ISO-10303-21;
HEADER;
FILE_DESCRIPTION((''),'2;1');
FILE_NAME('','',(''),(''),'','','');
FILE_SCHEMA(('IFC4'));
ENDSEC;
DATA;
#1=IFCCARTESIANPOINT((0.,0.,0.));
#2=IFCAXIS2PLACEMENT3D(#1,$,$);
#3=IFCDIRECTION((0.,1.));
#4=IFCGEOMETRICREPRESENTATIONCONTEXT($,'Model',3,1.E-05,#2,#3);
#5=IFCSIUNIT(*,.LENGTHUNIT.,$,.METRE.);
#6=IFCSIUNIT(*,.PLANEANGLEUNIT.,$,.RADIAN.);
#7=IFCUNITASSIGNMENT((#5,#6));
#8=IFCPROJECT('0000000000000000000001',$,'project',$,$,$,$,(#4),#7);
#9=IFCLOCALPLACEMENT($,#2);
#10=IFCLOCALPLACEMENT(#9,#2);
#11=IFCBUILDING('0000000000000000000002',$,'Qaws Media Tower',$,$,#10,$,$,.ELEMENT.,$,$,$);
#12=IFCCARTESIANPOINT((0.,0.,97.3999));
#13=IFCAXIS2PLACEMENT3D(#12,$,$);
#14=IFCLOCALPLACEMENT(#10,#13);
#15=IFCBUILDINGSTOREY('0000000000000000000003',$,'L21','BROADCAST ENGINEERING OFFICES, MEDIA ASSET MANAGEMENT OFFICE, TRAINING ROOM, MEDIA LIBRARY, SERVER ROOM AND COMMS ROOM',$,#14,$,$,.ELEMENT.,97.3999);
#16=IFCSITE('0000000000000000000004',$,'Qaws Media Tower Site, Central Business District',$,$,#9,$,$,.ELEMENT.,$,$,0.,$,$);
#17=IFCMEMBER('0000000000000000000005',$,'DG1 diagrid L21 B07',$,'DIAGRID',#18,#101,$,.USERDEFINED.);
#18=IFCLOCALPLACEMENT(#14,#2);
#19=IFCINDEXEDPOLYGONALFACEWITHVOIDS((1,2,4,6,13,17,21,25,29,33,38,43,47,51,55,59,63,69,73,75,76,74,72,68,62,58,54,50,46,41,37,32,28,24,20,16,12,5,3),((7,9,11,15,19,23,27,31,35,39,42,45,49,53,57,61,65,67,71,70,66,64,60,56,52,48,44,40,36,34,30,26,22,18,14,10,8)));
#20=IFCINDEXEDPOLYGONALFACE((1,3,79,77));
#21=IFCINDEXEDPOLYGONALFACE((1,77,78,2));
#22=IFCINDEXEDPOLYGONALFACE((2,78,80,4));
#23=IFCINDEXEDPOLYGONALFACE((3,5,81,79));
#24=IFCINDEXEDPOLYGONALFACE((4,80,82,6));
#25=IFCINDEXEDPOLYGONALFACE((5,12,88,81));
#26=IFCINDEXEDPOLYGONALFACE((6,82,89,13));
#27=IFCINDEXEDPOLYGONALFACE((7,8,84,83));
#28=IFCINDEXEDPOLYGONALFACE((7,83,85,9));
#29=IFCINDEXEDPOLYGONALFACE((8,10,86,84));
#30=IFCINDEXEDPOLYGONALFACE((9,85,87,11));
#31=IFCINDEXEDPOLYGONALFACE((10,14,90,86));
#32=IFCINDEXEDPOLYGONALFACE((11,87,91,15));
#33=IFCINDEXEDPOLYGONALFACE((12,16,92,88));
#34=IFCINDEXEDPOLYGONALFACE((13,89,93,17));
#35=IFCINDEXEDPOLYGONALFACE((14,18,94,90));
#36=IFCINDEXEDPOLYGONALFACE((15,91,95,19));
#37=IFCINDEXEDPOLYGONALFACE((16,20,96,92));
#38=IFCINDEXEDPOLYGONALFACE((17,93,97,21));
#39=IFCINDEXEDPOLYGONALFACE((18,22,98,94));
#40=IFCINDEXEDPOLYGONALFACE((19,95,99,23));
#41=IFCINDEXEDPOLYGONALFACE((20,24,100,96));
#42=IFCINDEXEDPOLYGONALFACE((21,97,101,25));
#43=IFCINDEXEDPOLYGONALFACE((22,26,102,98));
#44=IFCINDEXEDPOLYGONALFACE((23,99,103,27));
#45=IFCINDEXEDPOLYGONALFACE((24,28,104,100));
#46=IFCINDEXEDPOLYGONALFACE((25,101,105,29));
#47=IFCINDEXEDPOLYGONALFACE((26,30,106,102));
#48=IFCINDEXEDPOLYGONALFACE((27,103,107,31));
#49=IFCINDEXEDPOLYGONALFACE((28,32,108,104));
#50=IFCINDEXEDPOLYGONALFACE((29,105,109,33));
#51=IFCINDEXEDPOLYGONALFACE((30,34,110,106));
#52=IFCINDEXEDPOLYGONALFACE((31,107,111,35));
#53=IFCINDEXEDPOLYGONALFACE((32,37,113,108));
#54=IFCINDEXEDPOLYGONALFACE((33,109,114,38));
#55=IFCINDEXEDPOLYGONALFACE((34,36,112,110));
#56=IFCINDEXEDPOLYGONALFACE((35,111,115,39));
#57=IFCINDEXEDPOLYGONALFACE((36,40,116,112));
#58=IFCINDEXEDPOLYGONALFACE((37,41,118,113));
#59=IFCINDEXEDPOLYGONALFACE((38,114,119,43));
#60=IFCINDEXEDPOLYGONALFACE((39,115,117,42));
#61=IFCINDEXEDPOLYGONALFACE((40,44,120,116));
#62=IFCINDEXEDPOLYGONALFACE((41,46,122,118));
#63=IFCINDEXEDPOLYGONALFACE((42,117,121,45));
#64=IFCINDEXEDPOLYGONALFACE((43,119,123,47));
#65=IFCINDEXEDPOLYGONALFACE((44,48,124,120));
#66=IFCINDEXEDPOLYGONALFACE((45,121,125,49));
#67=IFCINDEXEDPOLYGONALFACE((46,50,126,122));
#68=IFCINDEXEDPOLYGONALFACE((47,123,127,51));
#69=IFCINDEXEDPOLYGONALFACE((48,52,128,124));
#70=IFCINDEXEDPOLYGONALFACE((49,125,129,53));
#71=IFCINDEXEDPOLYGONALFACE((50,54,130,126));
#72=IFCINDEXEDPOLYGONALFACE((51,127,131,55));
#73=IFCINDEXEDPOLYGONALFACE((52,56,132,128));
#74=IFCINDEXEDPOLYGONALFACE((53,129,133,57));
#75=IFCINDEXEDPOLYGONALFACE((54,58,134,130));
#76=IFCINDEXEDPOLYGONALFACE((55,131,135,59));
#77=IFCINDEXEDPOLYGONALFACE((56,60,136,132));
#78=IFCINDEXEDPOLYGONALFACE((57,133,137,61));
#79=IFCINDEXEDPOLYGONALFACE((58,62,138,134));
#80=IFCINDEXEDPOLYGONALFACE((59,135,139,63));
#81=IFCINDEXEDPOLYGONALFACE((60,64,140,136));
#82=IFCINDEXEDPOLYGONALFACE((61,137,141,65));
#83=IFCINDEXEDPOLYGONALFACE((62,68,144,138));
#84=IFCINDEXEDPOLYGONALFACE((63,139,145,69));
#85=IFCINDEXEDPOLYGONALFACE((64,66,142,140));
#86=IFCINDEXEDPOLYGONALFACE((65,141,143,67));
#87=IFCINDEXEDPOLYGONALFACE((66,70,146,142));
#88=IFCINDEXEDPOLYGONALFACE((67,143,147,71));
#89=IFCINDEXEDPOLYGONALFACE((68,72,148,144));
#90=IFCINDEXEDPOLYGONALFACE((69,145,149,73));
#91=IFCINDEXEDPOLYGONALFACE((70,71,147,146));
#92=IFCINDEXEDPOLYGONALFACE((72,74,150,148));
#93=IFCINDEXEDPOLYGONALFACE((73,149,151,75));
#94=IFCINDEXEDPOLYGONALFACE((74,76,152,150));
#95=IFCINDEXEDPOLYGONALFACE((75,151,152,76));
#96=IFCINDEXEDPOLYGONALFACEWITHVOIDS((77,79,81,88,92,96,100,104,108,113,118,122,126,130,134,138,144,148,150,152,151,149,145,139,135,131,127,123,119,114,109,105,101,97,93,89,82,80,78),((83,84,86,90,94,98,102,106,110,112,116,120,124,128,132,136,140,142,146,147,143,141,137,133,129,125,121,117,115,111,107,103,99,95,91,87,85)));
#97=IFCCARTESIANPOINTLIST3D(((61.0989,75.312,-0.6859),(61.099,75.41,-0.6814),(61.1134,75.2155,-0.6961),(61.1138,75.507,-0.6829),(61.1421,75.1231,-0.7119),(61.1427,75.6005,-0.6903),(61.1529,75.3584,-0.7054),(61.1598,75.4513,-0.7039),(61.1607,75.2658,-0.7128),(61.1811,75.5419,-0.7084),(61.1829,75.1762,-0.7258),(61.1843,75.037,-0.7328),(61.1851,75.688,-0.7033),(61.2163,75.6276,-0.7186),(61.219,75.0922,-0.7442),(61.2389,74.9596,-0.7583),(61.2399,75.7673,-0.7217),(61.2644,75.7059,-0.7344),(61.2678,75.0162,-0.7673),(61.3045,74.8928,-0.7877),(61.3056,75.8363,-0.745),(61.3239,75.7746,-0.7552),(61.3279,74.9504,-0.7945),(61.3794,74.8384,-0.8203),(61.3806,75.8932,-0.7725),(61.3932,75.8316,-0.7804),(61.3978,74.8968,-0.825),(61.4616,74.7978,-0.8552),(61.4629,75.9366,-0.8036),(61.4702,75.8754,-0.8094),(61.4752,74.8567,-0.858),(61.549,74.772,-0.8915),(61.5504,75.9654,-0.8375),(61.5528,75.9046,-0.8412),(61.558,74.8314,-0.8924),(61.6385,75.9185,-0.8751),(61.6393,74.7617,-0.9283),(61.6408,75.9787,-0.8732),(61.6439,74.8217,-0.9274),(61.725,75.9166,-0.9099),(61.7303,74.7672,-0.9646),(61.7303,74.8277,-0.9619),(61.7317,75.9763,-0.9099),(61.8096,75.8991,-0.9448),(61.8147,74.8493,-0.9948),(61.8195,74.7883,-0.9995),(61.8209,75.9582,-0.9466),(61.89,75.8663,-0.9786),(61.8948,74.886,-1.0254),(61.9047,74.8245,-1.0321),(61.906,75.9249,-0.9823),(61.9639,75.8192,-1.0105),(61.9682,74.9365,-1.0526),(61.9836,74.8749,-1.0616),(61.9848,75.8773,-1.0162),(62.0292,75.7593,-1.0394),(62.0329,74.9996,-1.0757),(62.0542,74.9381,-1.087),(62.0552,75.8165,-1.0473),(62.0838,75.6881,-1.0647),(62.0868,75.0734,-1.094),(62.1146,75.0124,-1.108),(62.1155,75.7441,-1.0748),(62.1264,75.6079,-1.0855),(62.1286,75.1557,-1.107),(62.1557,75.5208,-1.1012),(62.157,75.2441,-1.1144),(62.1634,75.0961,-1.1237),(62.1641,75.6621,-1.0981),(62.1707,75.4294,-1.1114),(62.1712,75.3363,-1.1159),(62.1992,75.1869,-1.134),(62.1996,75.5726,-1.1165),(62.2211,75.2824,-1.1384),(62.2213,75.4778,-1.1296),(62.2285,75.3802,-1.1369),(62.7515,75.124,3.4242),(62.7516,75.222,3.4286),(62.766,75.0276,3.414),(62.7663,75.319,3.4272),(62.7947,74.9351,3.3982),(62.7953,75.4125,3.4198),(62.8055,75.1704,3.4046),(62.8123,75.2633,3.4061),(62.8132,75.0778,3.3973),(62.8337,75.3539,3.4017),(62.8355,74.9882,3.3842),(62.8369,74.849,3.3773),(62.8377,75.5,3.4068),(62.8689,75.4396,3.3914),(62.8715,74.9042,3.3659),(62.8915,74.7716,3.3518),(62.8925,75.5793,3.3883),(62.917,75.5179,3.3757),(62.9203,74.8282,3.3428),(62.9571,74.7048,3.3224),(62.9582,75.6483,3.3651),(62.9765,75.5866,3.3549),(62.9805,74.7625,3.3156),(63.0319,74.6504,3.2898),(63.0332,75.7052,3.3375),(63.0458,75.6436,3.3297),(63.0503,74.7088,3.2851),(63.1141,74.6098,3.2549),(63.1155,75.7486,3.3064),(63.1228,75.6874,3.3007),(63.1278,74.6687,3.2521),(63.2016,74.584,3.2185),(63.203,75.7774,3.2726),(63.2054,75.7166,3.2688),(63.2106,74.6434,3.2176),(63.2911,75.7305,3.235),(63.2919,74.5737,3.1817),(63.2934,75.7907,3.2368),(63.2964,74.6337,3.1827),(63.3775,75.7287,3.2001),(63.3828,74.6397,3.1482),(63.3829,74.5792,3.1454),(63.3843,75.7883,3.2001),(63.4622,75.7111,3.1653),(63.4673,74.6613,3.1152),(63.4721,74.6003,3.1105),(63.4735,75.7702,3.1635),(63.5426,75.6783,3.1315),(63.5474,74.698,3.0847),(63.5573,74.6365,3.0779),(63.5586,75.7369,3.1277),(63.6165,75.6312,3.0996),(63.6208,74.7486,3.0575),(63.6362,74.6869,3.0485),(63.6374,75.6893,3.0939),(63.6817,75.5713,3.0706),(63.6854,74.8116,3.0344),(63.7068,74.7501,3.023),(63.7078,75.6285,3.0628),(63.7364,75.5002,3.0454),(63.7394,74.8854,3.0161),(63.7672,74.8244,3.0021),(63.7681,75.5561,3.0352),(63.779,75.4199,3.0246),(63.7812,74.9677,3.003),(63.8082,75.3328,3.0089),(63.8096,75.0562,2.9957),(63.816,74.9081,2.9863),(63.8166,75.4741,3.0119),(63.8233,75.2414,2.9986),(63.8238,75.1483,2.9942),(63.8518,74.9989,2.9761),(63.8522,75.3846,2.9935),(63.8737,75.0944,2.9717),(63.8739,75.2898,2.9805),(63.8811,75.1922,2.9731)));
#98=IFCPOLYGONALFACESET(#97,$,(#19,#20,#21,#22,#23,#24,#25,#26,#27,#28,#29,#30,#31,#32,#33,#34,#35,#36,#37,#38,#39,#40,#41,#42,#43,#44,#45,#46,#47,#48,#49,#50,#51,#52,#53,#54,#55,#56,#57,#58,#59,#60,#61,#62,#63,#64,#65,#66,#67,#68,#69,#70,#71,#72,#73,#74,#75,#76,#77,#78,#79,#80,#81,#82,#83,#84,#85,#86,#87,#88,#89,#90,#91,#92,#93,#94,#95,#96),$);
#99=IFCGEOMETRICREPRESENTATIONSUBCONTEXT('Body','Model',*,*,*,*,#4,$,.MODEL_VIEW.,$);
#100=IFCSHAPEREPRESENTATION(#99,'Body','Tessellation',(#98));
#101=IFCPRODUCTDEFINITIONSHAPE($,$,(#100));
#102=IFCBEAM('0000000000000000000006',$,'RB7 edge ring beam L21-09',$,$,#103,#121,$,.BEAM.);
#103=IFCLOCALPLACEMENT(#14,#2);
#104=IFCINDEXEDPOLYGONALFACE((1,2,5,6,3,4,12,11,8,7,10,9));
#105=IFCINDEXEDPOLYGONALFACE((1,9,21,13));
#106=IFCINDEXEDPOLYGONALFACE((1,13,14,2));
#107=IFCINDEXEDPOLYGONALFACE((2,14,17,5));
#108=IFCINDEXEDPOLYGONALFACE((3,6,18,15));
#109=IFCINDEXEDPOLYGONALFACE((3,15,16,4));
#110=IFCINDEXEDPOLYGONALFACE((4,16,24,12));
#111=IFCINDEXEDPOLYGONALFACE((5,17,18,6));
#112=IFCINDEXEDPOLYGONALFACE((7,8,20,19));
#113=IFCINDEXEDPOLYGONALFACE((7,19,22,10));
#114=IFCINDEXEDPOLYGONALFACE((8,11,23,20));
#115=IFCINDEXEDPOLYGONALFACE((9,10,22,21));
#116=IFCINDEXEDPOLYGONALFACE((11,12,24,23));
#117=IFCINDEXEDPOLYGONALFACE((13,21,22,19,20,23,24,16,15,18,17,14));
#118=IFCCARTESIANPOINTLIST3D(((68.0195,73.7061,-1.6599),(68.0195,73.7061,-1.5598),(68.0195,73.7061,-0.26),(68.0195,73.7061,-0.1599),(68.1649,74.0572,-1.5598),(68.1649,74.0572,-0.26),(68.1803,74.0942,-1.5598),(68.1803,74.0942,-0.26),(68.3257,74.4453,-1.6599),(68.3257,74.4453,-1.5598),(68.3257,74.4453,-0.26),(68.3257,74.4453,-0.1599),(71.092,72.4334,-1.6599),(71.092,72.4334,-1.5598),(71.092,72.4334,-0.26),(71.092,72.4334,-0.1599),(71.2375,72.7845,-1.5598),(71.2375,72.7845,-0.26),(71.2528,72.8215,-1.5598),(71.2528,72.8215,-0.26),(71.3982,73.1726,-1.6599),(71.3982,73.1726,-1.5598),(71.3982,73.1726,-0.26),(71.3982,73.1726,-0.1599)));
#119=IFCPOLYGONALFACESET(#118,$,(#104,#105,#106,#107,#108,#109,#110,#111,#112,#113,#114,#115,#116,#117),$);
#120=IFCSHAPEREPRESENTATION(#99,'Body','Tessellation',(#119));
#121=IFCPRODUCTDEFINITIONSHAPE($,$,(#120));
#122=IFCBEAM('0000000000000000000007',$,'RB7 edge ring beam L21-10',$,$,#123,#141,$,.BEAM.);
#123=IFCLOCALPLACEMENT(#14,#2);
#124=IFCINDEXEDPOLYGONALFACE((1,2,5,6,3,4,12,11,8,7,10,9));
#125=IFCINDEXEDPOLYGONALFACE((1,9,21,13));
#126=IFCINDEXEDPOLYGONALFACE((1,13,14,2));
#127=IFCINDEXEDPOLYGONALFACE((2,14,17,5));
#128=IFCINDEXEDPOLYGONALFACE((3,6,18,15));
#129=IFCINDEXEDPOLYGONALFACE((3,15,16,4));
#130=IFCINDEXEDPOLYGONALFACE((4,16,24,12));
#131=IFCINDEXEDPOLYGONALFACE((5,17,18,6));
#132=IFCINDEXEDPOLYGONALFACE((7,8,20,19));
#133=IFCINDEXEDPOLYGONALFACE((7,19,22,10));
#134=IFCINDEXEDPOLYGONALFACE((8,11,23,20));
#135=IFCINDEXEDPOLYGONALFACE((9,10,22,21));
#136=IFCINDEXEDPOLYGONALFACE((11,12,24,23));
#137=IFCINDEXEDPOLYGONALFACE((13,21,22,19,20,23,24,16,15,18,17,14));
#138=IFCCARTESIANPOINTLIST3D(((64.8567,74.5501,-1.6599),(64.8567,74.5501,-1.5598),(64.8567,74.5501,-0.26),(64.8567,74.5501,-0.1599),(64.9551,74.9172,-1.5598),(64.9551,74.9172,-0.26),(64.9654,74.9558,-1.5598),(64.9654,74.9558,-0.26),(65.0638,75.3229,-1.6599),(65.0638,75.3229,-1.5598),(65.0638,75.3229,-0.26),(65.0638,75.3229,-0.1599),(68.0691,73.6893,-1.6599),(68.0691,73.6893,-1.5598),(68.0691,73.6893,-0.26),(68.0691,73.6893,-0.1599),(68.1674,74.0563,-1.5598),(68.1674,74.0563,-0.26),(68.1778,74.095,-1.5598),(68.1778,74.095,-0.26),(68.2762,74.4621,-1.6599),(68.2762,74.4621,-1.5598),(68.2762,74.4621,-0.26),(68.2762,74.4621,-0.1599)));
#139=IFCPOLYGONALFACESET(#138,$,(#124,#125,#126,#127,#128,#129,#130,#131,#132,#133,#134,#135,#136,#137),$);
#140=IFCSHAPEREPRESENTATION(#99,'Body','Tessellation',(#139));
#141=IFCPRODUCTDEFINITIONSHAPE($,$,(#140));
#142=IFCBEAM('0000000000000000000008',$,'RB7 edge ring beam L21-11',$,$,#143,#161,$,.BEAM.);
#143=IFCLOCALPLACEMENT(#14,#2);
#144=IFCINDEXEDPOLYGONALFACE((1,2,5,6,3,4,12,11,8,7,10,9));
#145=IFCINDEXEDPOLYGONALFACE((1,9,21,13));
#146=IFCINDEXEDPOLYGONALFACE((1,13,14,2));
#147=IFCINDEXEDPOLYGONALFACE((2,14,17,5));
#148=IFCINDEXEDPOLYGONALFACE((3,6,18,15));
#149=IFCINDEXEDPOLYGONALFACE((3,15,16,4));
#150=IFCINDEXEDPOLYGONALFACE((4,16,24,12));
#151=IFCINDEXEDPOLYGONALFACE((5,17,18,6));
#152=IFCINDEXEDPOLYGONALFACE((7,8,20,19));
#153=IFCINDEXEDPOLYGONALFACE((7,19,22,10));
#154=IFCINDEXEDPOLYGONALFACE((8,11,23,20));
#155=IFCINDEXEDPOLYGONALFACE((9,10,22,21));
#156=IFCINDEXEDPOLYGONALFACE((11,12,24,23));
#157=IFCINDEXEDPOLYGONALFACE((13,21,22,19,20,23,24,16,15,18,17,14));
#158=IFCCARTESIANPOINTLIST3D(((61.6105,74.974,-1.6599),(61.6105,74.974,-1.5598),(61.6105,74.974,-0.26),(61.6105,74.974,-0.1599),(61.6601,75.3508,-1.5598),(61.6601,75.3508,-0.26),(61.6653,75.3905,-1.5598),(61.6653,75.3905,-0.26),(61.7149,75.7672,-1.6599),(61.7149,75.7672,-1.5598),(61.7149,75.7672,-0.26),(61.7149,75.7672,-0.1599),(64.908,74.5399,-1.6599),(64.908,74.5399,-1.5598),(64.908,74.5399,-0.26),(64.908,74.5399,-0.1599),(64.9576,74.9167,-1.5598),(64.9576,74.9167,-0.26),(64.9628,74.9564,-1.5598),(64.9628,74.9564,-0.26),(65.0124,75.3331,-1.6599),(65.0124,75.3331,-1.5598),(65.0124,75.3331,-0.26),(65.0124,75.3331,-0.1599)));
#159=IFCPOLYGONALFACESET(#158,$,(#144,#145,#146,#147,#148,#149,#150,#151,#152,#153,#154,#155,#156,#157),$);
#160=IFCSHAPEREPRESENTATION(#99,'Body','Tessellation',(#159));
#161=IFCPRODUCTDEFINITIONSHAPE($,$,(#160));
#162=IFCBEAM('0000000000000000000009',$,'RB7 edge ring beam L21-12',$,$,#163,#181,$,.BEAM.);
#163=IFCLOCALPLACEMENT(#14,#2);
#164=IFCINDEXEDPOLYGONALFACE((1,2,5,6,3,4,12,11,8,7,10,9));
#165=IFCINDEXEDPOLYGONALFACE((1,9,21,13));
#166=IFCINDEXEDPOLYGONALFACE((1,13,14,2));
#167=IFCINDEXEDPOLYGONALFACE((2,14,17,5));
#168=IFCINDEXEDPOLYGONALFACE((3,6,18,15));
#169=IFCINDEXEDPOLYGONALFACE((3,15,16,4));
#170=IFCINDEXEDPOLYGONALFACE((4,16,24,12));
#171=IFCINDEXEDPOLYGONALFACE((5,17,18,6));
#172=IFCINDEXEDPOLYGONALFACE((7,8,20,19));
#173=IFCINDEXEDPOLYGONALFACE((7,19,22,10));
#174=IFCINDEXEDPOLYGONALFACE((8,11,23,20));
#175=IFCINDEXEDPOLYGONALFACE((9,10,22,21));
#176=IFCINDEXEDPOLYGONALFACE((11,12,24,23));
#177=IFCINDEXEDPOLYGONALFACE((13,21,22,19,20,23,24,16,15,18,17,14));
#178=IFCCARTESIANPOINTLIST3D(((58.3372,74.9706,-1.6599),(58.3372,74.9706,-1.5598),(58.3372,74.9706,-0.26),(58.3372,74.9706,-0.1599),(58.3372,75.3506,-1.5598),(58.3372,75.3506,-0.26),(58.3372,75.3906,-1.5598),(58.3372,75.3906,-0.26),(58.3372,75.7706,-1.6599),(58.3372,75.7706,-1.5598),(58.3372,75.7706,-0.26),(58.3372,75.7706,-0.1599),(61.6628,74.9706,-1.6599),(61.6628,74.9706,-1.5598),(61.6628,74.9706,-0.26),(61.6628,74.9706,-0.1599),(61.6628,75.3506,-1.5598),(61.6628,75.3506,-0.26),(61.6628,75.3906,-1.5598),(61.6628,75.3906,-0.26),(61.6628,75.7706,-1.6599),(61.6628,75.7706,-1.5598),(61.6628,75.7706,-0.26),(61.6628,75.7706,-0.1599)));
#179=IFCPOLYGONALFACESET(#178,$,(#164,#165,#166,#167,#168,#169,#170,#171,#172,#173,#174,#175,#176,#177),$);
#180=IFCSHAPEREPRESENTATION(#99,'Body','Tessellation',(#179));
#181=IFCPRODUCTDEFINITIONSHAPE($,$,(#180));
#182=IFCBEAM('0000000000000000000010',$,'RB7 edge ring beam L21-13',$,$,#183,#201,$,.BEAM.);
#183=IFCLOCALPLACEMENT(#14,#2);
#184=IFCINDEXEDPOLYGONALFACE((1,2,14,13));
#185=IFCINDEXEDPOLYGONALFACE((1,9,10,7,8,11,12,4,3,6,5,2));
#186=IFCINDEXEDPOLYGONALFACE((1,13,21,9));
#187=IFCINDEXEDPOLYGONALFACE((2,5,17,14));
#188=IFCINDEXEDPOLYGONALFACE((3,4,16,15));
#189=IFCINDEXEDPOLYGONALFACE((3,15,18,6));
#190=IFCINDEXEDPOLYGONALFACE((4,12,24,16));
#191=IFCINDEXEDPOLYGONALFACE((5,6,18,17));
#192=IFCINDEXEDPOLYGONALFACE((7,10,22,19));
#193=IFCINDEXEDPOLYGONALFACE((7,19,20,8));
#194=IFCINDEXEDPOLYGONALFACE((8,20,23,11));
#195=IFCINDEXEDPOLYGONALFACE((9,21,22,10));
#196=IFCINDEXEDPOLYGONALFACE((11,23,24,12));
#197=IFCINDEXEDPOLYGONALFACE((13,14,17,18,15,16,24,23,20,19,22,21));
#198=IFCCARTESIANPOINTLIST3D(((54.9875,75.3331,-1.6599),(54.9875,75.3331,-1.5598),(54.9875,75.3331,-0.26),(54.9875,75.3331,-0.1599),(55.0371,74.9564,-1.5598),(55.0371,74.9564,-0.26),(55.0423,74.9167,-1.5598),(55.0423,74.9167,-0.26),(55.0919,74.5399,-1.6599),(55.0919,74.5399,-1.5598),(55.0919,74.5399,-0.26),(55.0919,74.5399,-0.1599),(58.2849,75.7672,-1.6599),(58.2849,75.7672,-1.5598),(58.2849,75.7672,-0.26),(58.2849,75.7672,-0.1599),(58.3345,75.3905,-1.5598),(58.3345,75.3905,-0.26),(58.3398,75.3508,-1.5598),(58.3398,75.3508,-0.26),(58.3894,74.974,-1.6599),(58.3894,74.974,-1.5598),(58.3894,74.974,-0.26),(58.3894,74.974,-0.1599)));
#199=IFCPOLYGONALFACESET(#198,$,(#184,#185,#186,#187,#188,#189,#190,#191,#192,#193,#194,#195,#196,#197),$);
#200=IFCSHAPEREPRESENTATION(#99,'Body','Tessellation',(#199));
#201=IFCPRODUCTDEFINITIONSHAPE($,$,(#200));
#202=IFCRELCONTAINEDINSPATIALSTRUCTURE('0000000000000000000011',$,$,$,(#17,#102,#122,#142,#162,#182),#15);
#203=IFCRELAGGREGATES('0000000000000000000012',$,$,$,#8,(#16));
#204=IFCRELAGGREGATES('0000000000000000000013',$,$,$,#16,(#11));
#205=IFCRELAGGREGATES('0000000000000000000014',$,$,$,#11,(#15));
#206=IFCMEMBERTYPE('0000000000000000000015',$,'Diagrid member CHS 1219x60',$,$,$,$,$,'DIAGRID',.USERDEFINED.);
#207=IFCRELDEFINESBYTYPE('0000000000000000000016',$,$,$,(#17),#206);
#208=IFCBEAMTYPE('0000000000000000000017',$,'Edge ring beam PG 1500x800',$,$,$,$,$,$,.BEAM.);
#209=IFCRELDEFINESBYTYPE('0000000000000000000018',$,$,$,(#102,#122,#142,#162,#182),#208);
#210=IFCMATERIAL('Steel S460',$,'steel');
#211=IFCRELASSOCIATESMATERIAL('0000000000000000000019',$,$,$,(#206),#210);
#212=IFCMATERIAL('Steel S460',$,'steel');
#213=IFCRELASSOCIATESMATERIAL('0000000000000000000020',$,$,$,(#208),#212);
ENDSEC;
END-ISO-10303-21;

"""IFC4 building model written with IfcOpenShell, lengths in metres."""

from ifc_helpers import new_model, si_unit, direction, frame, origin, origin_2d, place, context, subcontext, project, spatial, hollow_circle, i_section, extrude, material, material_profile, profile_set, type_object, element, save


model = new_model("IFC4")

# Units and contexts
model_context = context("Model", 3, precision=1e-05, world=origin(), true_north=direction((0.0, 1.0)))
body_context = subcontext(model_context, "Body", "Model", "MODEL_VIEW")
ifc_project = project(units=[si_unit("LENGTHUNIT", "METRE"), si_unit("PLANEANGLEUNIT", "RADIAN")], contexts=[model_context])

# Site, building, storey
site_placement = place(None, origin())
site = spatial("IfcSite", under=ifc_project, at=site_placement, Name="Qaws Media Tower Site, Central Business District", CompositionType="ELEMENT", RefElevation=0.0)
building_placement = place(site_placement, origin())
building = spatial("IfcBuilding", under=site, at=building_placement, Name="Qaws Media Tower", CompositionType="ELEMENT")
storey_placement = place(building_placement, frame((0.0, 0.0, 97.3999)))
storey = spatial("IfcBuildingStorey", under=building, at=storey_placement, Name="L21", Description="BROADCAST ENGINEERING OFFICES, MEDIA ASSET MANAGEMENT OFFICE, TRAINING ROOM, MEDIA LIBRARY, SERVER ROOM AND COMMS ROOM", CompositionType="ELEMENT", Elevation=97.3999)

# Member
ifc_material_1 = material(Name="Steel S460", Category="steel")
ifc_material_profile_1 = material_profile(ifc_material_1, hollow_circle(Radius=0.6096, WallThickness=0.0601, at=origin_2d()), Name="CHS 1219x60")
ifc_profile_set_1 = profile_set([ifc_material_profile_1], Name="Steel S460")
member_type_1 = type_object("IfcMemberType", Name="Diagrid member CHS 1219x60", ElementType="DIAGRID", PredefinedType="USERDEFINED", material=ifc_profile_set_1)
for number, where, z_axis, x_axis, name in (
    (1, (61.6628, 75.3706, -0.9099), (0.372717, -0.042398, 0.926976), (0.113025, 0.993592, 0.0), "DG1 diagrid L21 B07"),
):
    element("IfcMember", number, at=place(storey_placement, frame(where, z_axis=z_axis, x_axis=x_axis)), inside=storey, type_object=member_type_1, Name=name, ObjectType="DIAGRID", PredefinedType="USERDEFINED", context=body_context, shape_type="SweptSolid", body=[
        extrude(hollow_circle(Radius=0.6096, WallThickness=0.0601, at=origin_2d()), origin(), (0.0, 0.0, 1.0), 4.4338),
    ])

# Beams
ifc_material_2 = material(Name="Steel S460", Category="steel")
ifc_material_profile_2 = material_profile(ifc_material_2, i_section(OverallWidth=0.8, OverallDepth=1.5, WebThickness=0.04, FlangeThickness=0.1001, at=origin_2d()), Name="PG 1500x800")
ifc_profile_set_2 = profile_set([ifc_material_profile_2], Name="Steel S460")
beam_type = type_object("IfcBeamType", Name="Edge ring beam PG 1500x800", PredefinedType="BEAM", material=ifc_profile_set_2)
for number, where, z_axis, x_axis, name in (
    (2, (71.2451, 72.803, -0.9099), (-0.923876, 0.382691, 0.0), (-0.382691, -0.923876, 0.0), "RB7 edge ring beam L21-09"),
    (3, (68.1726, 74.0757, -0.9099), (-0.96592, 0.258841, 0.0), (-0.258841, -0.96592, 0.0), "RB7 edge ring beam L21-10"),
):
    element("IfcBeam", number, at=place(storey_placement, frame(where, z_axis=z_axis, x_axis=x_axis)), inside=storey, type_object=beam_type, Name=name, PredefinedType="BEAM", context=body_context, shape_type="SweptSolid", body=[
        extrude(i_section(OverallWidth=0.8, OverallDepth=1.5, WebThickness=0.04, FlangeThickness=0.1001, at=origin_2d()), origin(), (0.0, 0.0, 1.0), 3.3257),
    ])
beam_1_placement = place(storey_placement, frame((64.9602, 74.9365, -0.9099), z_axis=(-0.991446, 0.130519, 0.0), x_axis=(-0.130519, -0.991446, 0.0)))
element("IfcBeam", 4, at=beam_1_placement, inside=storey, type_object=beam_type, Name="RB7 edge ring beam L21-11", PredefinedType="BEAM", context=body_context, shape_type="SweptSolid", body=[
    extrude(i_section(OverallWidth=0.8, OverallDepth=1.5, WebThickness=0.04, FlangeThickness=0.1001, at=origin_2d()), origin(), (0.0, 0.0, 1.0), 3.3259),
])
beam_2_placement = place(storey_placement, frame((61.6628, 75.3706, -0.9099), z_axis=(-1.0, 0.0, 0.0), x_axis=(0.0, -1.0, 0.0)))
element("IfcBeam", 5, at=beam_2_placement, inside=storey, type_object=beam_type, Name="RB7 edge ring beam L21-12", PredefinedType="BEAM", context=body_context, shape_type="SweptSolid", body=[
    extrude(i_section(OverallWidth=0.8, OverallDepth=1.5, WebThickness=0.04, FlangeThickness=0.1001, at=origin_2d()), origin(), (0.0, 0.0, 1.0), 3.3257),
])
beam_3_placement = place(storey_placement, frame((58.3372, 75.3706, -0.9099), z_axis=(-0.991446, -0.130519, 0.0), x_axis=(0.130519, -0.991446, 0.0)))
element("IfcBeam", 6, at=beam_3_placement, inside=storey, type_object=beam_type, Name="RB7 edge ring beam L21-13", PredefinedType="BEAM", context=body_context, shape_type="SweptSolid", body=[
    extrude(i_section(OverallWidth=0.8, OverallDepth=1.5, WebThickness=0.04, FlangeThickness=0.1001, at=origin_2d()), origin(), (0.0, 0.0, 1.0), 3.3259),
])

save(model, "model.ifc")
